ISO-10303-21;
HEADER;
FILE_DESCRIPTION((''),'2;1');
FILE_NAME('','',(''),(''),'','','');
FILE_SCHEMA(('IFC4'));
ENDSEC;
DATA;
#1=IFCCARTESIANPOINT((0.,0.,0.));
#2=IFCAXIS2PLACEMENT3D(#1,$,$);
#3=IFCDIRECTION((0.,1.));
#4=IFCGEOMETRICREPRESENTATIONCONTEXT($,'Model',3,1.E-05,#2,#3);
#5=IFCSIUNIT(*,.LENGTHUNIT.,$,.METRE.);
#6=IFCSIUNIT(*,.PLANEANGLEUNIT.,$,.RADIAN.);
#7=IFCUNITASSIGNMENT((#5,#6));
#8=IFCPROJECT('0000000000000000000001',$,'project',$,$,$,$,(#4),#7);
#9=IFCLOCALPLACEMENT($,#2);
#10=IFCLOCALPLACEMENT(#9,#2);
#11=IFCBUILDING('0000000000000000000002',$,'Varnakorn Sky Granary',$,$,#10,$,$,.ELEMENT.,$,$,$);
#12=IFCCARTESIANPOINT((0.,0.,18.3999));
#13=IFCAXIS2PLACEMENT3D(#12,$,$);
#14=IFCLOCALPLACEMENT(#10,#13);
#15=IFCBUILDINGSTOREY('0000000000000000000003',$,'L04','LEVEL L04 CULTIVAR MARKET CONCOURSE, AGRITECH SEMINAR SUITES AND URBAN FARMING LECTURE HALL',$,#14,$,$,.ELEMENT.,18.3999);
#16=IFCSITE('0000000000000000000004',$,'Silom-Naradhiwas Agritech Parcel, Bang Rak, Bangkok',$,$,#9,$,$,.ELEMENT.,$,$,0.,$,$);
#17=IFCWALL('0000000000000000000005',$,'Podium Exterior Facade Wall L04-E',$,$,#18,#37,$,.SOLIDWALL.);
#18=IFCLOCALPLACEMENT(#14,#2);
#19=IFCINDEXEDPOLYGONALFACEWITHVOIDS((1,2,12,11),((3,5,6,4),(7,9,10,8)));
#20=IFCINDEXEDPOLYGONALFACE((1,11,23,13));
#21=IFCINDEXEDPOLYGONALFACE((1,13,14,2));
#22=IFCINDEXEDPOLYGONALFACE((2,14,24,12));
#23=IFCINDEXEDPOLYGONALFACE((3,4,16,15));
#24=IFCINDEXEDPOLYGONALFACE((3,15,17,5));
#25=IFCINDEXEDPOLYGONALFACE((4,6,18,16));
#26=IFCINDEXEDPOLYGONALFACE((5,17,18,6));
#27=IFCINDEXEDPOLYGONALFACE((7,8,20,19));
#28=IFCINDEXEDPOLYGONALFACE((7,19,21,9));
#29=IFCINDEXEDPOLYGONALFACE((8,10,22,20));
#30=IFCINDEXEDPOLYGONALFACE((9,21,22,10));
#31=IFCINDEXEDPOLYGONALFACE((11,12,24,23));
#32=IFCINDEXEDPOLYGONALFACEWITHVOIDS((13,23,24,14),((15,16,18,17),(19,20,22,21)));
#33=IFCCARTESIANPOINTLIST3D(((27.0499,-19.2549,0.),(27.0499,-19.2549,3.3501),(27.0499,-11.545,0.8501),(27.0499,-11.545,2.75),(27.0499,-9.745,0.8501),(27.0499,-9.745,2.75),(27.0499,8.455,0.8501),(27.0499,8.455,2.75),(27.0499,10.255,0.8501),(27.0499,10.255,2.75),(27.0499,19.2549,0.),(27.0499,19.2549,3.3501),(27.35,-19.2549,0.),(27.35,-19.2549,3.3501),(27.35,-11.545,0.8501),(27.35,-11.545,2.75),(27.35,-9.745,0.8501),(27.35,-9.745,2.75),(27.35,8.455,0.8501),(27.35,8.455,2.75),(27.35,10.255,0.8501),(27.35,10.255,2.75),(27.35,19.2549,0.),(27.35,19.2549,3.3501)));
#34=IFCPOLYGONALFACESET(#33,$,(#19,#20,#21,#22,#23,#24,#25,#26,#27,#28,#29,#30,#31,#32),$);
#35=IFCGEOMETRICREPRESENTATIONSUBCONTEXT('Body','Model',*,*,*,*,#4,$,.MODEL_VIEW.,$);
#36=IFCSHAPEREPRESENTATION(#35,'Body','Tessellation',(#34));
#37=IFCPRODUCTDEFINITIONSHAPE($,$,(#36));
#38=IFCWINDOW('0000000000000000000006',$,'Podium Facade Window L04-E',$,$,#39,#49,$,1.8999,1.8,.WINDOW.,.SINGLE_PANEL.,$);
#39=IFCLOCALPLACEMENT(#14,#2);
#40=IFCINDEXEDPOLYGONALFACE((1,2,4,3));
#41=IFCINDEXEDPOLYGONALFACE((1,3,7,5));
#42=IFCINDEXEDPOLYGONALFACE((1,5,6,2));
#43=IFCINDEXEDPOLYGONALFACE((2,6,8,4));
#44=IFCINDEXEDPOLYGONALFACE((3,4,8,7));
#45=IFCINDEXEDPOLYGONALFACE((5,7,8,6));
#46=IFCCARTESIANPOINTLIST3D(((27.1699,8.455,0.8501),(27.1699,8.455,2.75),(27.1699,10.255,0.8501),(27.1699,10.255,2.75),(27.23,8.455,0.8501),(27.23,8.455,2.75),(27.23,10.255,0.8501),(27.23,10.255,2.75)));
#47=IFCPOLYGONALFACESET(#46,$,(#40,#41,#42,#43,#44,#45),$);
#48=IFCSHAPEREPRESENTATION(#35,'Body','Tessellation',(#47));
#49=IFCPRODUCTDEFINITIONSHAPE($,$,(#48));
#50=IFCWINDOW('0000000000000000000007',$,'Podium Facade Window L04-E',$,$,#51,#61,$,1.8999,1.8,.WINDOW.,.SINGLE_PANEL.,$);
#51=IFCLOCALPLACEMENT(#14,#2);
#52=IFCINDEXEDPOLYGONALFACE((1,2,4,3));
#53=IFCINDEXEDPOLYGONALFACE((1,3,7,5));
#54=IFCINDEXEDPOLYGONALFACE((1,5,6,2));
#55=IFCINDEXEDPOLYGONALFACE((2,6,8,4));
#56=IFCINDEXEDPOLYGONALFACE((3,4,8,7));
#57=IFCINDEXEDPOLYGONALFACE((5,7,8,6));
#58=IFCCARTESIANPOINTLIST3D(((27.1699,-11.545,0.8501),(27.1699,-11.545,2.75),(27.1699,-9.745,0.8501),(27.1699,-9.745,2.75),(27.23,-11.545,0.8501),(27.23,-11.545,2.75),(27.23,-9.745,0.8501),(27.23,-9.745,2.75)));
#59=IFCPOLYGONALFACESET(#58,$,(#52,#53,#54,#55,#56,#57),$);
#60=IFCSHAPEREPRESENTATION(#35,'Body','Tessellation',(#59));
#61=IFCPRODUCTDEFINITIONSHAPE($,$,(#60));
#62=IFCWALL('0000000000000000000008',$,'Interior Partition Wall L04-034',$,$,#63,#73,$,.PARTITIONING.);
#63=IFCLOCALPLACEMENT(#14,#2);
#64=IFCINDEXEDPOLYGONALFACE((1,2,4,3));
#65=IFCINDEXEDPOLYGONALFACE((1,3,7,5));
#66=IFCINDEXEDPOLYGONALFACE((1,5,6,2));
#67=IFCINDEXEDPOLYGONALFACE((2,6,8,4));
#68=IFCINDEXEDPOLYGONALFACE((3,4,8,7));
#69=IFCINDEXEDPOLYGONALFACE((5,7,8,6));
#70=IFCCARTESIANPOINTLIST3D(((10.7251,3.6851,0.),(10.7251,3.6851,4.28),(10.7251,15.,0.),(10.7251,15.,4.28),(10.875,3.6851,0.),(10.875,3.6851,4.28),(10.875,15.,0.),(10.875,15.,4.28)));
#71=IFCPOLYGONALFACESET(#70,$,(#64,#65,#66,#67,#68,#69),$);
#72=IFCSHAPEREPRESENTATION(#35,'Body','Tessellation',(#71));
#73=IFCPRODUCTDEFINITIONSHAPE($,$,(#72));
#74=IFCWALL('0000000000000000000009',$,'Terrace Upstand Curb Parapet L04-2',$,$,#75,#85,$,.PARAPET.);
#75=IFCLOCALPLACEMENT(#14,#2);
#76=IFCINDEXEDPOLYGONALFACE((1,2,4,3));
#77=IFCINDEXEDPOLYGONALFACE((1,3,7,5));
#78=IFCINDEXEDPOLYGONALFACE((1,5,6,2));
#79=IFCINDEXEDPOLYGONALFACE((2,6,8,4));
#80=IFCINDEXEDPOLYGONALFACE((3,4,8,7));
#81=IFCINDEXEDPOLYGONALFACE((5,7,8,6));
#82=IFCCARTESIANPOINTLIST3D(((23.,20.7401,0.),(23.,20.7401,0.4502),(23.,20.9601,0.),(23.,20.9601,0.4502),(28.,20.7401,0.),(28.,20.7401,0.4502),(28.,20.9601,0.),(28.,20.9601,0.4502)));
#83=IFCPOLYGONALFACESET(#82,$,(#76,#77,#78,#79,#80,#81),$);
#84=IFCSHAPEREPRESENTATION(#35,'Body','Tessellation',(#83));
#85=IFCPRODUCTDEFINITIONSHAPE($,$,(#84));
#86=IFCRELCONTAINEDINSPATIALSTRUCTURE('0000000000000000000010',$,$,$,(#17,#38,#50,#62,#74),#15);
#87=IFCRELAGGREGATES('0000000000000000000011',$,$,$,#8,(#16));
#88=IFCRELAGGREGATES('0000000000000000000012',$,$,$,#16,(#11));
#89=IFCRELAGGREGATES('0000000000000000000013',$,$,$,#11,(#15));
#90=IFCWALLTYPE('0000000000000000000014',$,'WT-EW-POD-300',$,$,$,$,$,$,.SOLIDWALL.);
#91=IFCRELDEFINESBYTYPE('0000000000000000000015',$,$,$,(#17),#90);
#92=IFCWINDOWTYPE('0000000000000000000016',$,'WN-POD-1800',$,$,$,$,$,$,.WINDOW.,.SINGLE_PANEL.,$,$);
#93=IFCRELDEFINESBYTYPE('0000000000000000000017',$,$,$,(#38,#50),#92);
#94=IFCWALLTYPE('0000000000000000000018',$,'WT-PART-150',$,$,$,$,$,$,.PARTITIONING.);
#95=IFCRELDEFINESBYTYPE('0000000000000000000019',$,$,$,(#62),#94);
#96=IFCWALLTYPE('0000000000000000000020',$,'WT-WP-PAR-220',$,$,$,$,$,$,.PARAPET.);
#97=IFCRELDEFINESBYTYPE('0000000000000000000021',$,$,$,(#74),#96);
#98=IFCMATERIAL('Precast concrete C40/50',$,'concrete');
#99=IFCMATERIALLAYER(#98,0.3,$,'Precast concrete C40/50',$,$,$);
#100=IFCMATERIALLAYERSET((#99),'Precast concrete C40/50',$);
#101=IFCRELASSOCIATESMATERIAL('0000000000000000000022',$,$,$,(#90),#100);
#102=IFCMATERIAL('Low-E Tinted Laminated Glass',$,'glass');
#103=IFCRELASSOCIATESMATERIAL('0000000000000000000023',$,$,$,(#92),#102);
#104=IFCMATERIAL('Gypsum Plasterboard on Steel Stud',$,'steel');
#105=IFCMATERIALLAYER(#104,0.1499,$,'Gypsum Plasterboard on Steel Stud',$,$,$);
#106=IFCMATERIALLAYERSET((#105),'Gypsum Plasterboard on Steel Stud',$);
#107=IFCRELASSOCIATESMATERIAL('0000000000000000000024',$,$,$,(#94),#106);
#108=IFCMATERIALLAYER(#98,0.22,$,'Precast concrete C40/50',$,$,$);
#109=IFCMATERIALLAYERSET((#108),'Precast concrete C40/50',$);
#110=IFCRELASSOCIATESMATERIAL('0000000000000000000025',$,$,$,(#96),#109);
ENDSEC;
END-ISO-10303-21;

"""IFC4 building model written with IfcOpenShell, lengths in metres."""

from ifc_helpers import new_model, si_unit, direction, frame, frame_2d, origin, place, context, subcontext, project, spatial, rectangle, extrude, material, layer, layer_set, type_object, element, fill, save


model = new_model("IFC4")

# Units and contexts
model_context = context("Model", 3, precision=1e-05, world=origin(), true_north=direction((0.0, 1.0)))
body_context = subcontext(model_context, "Body", "Model", "MODEL_VIEW")
ifc_project = project(units=[si_unit("LENGTHUNIT", "METRE"), si_unit("PLANEANGLEUNIT", "RADIAN")], contexts=[model_context])

# Site, building, storey
site_placement = place(None, origin())
site = spatial("IfcSite", under=ifc_project, at=site_placement, Name="Silom-Naradhiwas Agritech Parcel, Bang Rak, Bangkok", CompositionType="ELEMENT", RefElevation=0.0)
building_placement = place(site_placement, origin())
building = spatial("IfcBuilding", under=site, at=building_placement, Name="Varnakorn Sky Granary", CompositionType="ELEMENT")
storey_placement = place(building_placement, frame((0.0, 0.0, 18.3999)))
storey = spatial("IfcBuildingStorey", under=building, at=storey_placement, Name="L04", Description="LEVEL L04 CULTIVAR MARKET CONCOURSE, AGRITECH SEMINAR SUITES AND URBAN FARMING LECTURE HALL", CompositionType="ELEMENT", Elevation=18.3999)

# Shared definitions
ifc_material_1 = material(Name="Low-E Tinted Laminated Glass", Category="glass")

# Wall, openings, windows
ifc_material_2 = material(Name="Precast concrete C40/50", Category="concrete")
ifc_layer_1 = layer(ifc_material_2, 0.3, Name="Precast concrete C40/50")
ifc_layer_set_1 = layer_set([ifc_layer_1], Name="Precast concrete C40/50")
wall_type_1 = type_object("IfcWallType", Name="WT-EW-POD-300", PredefinedType="SOLIDWALL", material=ifc_layer_set_1)
wall_1_placement = place(storey_placement, frame((27.2, 19.2549, 0.0), z_axis=(0.0, 0.0, 1.0), x_axis=(0.0, -1.0, 0.0)))
wall_1 = element("IfcWall", 1, at=wall_1_placement, inside=storey, type_object=wall_type_1, Name="Podium Exterior Facade Wall L04-E", PredefinedType="SOLIDWALL", context=body_context, shape_type="SweptSolid", body=[
    extrude(rectangle(XDim=38.5098, YDim=0.3, at=frame_2d((19.2549, 0.0))), origin(), (0.0, 0.0, 1.0), 3.3501),
])
opening_1_placement = place(wall_1_placement, frame((9.0, 0.0, 0.8501)))
opening_1 = element("IfcOpeningElement", 2, at=opening_1_placement, cuts=wall_1, PredefinedType="OPENING", context=body_context, shape_type="SweptSolid", body=[
    extrude(rectangle(XDim=1.8, YDim=1.8999, at=frame_2d((0.8999, 0.95))), frame((0.0, 0.1602, 0.0), z_axis=(0.0, -1.0, 0.0), x_axis=(1.0, 0.0, 0.0)), (0.0, 0.0, 1.0), 0.3201),
])
opening_2_placement = place(wall_1_placement, frame((29.0, 0.0, 0.8501)))
opening_2 = element("IfcOpeningElement", 3, at=opening_2_placement, cuts=wall_1, PredefinedType="OPENING", context=body_context, shape_type="SweptSolid", body=[
    extrude(rectangle(XDim=1.8, YDim=1.8999, at=frame_2d((0.8999, 0.95))), frame((0.0, 0.1602, 0.0), z_axis=(0.0, -1.0, 0.0), x_axis=(1.0, 0.0, 0.0)), (0.0, 0.0, 1.0), 0.3201),
])
window_type = type_object("IfcWindowType", Name="WN-POD-1800", PartitioningType="SINGLE_PANEL", PredefinedType="WINDOW", material=ifc_material_1)
window_1_placement = place(opening_1_placement, origin())
window_1 = element("IfcWindow", 4, at=window_1_placement, inside=storey, type_object=window_type, Name="Podium Facade Window L04-E", OverallHeight=1.8999, OverallWidth=1.8, PartitioningType="SINGLE_PANEL", PredefinedType="WINDOW", context=body_context, shape_type="SweptSolid", body=[
    extrude(rectangle(XDim=1.8, YDim=1.8999, at=frame_2d((0.8999, 0.95))), frame((0.0, 0.03, 0.0), z_axis=(0.0, -1.0, 0.0), x_axis=(1.0, 0.0, 0.0)), (0.0, 0.0, 1.0), 0.0601),
])
fill(opening_1, window_1)
window_2_placement = place(opening_2_placement, origin())
window_2 = element("IfcWindow", 5, at=window_2_placement, inside=storey, type_object=window_type, Name="Podium Facade Window L04-E", OverallHeight=1.8999, OverallWidth=1.8, PartitioningType="SINGLE_PANEL", PredefinedType="WINDOW", context=body_context, shape_type="SweptSolid", body=[
    extrude(rectangle(XDim=1.8, YDim=1.8999, at=frame_2d((0.8999, 0.95))), frame((0.0, 0.03, 0.0), z_axis=(0.0, -1.0, 0.0), x_axis=(1.0, 0.0, 0.0)), (0.0, 0.0, 1.0), 0.0601),
])
fill(opening_2, window_2)

# Walls
ifc_material_3 = material(Name="Gypsum Plasterboard on Steel Stud", Category="steel")
ifc_layer_2 = layer(ifc_material_3, 0.1499, Name="Gypsum Plasterboard on Steel Stud")
ifc_layer_set_2 = layer_set([ifc_layer_2], Name="Gypsum Plasterboard on Steel Stud")
wall_type_2 = type_object("IfcWallType", Name="WT-PART-150", PredefinedType="PARTITIONING", material=ifc_layer_set_2)
wall_2_placement = place(storey_placement, frame((10.8, 3.6851, 0.0), z_axis=(0.0, 0.0, 1.0), x_axis=(0.0, 1.0, 0.0)))
element("IfcWall", 6, at=wall_2_placement, inside=storey, type_object=wall_type_2, Name="Interior Partition Wall L04-034", PredefinedType="PARTITIONING", context=body_context, shape_type="SweptSolid", body=[
    extrude(rectangle(XDim=11.3149, YDim=0.1499, at=frame_2d((5.6575, 0.0))), origin(), (0.0, 0.0, 1.0), 4.28),
])
ifc_layer_3 = layer(ifc_material_2, 0.22, Name="Precast concrete C40/50")
ifc_layer_set_3 = layer_set([ifc_layer_3], Name="Precast concrete C40/50")
wall_type_3 = type_object("IfcWallType", Name="WT-WP-PAR-220", PredefinedType="PARAPET", material=ifc_layer_set_3)
wall_3_placement = place(storey_placement, frame((23.0, 20.8501, 0.0), z_axis=(0.0, 0.0, 1.0), x_axis=(1.0, 0.0, 0.0)))
element("IfcWall", 7, at=wall_3_placement, inside=storey, type_object=wall_type_3, Name="Terrace Upstand Curb Parapet L04-2", PredefinedType="PARAPET", context=body_context, shape_type="SweptSolid", body=[
    extrude(rectangle(XDim=5.0, YDim=0.22, at=frame_2d((2.5, 0.0))), origin(), (0.0, 0.0, 1.0), 0.4502),
])

save(model, "model.ifc")
